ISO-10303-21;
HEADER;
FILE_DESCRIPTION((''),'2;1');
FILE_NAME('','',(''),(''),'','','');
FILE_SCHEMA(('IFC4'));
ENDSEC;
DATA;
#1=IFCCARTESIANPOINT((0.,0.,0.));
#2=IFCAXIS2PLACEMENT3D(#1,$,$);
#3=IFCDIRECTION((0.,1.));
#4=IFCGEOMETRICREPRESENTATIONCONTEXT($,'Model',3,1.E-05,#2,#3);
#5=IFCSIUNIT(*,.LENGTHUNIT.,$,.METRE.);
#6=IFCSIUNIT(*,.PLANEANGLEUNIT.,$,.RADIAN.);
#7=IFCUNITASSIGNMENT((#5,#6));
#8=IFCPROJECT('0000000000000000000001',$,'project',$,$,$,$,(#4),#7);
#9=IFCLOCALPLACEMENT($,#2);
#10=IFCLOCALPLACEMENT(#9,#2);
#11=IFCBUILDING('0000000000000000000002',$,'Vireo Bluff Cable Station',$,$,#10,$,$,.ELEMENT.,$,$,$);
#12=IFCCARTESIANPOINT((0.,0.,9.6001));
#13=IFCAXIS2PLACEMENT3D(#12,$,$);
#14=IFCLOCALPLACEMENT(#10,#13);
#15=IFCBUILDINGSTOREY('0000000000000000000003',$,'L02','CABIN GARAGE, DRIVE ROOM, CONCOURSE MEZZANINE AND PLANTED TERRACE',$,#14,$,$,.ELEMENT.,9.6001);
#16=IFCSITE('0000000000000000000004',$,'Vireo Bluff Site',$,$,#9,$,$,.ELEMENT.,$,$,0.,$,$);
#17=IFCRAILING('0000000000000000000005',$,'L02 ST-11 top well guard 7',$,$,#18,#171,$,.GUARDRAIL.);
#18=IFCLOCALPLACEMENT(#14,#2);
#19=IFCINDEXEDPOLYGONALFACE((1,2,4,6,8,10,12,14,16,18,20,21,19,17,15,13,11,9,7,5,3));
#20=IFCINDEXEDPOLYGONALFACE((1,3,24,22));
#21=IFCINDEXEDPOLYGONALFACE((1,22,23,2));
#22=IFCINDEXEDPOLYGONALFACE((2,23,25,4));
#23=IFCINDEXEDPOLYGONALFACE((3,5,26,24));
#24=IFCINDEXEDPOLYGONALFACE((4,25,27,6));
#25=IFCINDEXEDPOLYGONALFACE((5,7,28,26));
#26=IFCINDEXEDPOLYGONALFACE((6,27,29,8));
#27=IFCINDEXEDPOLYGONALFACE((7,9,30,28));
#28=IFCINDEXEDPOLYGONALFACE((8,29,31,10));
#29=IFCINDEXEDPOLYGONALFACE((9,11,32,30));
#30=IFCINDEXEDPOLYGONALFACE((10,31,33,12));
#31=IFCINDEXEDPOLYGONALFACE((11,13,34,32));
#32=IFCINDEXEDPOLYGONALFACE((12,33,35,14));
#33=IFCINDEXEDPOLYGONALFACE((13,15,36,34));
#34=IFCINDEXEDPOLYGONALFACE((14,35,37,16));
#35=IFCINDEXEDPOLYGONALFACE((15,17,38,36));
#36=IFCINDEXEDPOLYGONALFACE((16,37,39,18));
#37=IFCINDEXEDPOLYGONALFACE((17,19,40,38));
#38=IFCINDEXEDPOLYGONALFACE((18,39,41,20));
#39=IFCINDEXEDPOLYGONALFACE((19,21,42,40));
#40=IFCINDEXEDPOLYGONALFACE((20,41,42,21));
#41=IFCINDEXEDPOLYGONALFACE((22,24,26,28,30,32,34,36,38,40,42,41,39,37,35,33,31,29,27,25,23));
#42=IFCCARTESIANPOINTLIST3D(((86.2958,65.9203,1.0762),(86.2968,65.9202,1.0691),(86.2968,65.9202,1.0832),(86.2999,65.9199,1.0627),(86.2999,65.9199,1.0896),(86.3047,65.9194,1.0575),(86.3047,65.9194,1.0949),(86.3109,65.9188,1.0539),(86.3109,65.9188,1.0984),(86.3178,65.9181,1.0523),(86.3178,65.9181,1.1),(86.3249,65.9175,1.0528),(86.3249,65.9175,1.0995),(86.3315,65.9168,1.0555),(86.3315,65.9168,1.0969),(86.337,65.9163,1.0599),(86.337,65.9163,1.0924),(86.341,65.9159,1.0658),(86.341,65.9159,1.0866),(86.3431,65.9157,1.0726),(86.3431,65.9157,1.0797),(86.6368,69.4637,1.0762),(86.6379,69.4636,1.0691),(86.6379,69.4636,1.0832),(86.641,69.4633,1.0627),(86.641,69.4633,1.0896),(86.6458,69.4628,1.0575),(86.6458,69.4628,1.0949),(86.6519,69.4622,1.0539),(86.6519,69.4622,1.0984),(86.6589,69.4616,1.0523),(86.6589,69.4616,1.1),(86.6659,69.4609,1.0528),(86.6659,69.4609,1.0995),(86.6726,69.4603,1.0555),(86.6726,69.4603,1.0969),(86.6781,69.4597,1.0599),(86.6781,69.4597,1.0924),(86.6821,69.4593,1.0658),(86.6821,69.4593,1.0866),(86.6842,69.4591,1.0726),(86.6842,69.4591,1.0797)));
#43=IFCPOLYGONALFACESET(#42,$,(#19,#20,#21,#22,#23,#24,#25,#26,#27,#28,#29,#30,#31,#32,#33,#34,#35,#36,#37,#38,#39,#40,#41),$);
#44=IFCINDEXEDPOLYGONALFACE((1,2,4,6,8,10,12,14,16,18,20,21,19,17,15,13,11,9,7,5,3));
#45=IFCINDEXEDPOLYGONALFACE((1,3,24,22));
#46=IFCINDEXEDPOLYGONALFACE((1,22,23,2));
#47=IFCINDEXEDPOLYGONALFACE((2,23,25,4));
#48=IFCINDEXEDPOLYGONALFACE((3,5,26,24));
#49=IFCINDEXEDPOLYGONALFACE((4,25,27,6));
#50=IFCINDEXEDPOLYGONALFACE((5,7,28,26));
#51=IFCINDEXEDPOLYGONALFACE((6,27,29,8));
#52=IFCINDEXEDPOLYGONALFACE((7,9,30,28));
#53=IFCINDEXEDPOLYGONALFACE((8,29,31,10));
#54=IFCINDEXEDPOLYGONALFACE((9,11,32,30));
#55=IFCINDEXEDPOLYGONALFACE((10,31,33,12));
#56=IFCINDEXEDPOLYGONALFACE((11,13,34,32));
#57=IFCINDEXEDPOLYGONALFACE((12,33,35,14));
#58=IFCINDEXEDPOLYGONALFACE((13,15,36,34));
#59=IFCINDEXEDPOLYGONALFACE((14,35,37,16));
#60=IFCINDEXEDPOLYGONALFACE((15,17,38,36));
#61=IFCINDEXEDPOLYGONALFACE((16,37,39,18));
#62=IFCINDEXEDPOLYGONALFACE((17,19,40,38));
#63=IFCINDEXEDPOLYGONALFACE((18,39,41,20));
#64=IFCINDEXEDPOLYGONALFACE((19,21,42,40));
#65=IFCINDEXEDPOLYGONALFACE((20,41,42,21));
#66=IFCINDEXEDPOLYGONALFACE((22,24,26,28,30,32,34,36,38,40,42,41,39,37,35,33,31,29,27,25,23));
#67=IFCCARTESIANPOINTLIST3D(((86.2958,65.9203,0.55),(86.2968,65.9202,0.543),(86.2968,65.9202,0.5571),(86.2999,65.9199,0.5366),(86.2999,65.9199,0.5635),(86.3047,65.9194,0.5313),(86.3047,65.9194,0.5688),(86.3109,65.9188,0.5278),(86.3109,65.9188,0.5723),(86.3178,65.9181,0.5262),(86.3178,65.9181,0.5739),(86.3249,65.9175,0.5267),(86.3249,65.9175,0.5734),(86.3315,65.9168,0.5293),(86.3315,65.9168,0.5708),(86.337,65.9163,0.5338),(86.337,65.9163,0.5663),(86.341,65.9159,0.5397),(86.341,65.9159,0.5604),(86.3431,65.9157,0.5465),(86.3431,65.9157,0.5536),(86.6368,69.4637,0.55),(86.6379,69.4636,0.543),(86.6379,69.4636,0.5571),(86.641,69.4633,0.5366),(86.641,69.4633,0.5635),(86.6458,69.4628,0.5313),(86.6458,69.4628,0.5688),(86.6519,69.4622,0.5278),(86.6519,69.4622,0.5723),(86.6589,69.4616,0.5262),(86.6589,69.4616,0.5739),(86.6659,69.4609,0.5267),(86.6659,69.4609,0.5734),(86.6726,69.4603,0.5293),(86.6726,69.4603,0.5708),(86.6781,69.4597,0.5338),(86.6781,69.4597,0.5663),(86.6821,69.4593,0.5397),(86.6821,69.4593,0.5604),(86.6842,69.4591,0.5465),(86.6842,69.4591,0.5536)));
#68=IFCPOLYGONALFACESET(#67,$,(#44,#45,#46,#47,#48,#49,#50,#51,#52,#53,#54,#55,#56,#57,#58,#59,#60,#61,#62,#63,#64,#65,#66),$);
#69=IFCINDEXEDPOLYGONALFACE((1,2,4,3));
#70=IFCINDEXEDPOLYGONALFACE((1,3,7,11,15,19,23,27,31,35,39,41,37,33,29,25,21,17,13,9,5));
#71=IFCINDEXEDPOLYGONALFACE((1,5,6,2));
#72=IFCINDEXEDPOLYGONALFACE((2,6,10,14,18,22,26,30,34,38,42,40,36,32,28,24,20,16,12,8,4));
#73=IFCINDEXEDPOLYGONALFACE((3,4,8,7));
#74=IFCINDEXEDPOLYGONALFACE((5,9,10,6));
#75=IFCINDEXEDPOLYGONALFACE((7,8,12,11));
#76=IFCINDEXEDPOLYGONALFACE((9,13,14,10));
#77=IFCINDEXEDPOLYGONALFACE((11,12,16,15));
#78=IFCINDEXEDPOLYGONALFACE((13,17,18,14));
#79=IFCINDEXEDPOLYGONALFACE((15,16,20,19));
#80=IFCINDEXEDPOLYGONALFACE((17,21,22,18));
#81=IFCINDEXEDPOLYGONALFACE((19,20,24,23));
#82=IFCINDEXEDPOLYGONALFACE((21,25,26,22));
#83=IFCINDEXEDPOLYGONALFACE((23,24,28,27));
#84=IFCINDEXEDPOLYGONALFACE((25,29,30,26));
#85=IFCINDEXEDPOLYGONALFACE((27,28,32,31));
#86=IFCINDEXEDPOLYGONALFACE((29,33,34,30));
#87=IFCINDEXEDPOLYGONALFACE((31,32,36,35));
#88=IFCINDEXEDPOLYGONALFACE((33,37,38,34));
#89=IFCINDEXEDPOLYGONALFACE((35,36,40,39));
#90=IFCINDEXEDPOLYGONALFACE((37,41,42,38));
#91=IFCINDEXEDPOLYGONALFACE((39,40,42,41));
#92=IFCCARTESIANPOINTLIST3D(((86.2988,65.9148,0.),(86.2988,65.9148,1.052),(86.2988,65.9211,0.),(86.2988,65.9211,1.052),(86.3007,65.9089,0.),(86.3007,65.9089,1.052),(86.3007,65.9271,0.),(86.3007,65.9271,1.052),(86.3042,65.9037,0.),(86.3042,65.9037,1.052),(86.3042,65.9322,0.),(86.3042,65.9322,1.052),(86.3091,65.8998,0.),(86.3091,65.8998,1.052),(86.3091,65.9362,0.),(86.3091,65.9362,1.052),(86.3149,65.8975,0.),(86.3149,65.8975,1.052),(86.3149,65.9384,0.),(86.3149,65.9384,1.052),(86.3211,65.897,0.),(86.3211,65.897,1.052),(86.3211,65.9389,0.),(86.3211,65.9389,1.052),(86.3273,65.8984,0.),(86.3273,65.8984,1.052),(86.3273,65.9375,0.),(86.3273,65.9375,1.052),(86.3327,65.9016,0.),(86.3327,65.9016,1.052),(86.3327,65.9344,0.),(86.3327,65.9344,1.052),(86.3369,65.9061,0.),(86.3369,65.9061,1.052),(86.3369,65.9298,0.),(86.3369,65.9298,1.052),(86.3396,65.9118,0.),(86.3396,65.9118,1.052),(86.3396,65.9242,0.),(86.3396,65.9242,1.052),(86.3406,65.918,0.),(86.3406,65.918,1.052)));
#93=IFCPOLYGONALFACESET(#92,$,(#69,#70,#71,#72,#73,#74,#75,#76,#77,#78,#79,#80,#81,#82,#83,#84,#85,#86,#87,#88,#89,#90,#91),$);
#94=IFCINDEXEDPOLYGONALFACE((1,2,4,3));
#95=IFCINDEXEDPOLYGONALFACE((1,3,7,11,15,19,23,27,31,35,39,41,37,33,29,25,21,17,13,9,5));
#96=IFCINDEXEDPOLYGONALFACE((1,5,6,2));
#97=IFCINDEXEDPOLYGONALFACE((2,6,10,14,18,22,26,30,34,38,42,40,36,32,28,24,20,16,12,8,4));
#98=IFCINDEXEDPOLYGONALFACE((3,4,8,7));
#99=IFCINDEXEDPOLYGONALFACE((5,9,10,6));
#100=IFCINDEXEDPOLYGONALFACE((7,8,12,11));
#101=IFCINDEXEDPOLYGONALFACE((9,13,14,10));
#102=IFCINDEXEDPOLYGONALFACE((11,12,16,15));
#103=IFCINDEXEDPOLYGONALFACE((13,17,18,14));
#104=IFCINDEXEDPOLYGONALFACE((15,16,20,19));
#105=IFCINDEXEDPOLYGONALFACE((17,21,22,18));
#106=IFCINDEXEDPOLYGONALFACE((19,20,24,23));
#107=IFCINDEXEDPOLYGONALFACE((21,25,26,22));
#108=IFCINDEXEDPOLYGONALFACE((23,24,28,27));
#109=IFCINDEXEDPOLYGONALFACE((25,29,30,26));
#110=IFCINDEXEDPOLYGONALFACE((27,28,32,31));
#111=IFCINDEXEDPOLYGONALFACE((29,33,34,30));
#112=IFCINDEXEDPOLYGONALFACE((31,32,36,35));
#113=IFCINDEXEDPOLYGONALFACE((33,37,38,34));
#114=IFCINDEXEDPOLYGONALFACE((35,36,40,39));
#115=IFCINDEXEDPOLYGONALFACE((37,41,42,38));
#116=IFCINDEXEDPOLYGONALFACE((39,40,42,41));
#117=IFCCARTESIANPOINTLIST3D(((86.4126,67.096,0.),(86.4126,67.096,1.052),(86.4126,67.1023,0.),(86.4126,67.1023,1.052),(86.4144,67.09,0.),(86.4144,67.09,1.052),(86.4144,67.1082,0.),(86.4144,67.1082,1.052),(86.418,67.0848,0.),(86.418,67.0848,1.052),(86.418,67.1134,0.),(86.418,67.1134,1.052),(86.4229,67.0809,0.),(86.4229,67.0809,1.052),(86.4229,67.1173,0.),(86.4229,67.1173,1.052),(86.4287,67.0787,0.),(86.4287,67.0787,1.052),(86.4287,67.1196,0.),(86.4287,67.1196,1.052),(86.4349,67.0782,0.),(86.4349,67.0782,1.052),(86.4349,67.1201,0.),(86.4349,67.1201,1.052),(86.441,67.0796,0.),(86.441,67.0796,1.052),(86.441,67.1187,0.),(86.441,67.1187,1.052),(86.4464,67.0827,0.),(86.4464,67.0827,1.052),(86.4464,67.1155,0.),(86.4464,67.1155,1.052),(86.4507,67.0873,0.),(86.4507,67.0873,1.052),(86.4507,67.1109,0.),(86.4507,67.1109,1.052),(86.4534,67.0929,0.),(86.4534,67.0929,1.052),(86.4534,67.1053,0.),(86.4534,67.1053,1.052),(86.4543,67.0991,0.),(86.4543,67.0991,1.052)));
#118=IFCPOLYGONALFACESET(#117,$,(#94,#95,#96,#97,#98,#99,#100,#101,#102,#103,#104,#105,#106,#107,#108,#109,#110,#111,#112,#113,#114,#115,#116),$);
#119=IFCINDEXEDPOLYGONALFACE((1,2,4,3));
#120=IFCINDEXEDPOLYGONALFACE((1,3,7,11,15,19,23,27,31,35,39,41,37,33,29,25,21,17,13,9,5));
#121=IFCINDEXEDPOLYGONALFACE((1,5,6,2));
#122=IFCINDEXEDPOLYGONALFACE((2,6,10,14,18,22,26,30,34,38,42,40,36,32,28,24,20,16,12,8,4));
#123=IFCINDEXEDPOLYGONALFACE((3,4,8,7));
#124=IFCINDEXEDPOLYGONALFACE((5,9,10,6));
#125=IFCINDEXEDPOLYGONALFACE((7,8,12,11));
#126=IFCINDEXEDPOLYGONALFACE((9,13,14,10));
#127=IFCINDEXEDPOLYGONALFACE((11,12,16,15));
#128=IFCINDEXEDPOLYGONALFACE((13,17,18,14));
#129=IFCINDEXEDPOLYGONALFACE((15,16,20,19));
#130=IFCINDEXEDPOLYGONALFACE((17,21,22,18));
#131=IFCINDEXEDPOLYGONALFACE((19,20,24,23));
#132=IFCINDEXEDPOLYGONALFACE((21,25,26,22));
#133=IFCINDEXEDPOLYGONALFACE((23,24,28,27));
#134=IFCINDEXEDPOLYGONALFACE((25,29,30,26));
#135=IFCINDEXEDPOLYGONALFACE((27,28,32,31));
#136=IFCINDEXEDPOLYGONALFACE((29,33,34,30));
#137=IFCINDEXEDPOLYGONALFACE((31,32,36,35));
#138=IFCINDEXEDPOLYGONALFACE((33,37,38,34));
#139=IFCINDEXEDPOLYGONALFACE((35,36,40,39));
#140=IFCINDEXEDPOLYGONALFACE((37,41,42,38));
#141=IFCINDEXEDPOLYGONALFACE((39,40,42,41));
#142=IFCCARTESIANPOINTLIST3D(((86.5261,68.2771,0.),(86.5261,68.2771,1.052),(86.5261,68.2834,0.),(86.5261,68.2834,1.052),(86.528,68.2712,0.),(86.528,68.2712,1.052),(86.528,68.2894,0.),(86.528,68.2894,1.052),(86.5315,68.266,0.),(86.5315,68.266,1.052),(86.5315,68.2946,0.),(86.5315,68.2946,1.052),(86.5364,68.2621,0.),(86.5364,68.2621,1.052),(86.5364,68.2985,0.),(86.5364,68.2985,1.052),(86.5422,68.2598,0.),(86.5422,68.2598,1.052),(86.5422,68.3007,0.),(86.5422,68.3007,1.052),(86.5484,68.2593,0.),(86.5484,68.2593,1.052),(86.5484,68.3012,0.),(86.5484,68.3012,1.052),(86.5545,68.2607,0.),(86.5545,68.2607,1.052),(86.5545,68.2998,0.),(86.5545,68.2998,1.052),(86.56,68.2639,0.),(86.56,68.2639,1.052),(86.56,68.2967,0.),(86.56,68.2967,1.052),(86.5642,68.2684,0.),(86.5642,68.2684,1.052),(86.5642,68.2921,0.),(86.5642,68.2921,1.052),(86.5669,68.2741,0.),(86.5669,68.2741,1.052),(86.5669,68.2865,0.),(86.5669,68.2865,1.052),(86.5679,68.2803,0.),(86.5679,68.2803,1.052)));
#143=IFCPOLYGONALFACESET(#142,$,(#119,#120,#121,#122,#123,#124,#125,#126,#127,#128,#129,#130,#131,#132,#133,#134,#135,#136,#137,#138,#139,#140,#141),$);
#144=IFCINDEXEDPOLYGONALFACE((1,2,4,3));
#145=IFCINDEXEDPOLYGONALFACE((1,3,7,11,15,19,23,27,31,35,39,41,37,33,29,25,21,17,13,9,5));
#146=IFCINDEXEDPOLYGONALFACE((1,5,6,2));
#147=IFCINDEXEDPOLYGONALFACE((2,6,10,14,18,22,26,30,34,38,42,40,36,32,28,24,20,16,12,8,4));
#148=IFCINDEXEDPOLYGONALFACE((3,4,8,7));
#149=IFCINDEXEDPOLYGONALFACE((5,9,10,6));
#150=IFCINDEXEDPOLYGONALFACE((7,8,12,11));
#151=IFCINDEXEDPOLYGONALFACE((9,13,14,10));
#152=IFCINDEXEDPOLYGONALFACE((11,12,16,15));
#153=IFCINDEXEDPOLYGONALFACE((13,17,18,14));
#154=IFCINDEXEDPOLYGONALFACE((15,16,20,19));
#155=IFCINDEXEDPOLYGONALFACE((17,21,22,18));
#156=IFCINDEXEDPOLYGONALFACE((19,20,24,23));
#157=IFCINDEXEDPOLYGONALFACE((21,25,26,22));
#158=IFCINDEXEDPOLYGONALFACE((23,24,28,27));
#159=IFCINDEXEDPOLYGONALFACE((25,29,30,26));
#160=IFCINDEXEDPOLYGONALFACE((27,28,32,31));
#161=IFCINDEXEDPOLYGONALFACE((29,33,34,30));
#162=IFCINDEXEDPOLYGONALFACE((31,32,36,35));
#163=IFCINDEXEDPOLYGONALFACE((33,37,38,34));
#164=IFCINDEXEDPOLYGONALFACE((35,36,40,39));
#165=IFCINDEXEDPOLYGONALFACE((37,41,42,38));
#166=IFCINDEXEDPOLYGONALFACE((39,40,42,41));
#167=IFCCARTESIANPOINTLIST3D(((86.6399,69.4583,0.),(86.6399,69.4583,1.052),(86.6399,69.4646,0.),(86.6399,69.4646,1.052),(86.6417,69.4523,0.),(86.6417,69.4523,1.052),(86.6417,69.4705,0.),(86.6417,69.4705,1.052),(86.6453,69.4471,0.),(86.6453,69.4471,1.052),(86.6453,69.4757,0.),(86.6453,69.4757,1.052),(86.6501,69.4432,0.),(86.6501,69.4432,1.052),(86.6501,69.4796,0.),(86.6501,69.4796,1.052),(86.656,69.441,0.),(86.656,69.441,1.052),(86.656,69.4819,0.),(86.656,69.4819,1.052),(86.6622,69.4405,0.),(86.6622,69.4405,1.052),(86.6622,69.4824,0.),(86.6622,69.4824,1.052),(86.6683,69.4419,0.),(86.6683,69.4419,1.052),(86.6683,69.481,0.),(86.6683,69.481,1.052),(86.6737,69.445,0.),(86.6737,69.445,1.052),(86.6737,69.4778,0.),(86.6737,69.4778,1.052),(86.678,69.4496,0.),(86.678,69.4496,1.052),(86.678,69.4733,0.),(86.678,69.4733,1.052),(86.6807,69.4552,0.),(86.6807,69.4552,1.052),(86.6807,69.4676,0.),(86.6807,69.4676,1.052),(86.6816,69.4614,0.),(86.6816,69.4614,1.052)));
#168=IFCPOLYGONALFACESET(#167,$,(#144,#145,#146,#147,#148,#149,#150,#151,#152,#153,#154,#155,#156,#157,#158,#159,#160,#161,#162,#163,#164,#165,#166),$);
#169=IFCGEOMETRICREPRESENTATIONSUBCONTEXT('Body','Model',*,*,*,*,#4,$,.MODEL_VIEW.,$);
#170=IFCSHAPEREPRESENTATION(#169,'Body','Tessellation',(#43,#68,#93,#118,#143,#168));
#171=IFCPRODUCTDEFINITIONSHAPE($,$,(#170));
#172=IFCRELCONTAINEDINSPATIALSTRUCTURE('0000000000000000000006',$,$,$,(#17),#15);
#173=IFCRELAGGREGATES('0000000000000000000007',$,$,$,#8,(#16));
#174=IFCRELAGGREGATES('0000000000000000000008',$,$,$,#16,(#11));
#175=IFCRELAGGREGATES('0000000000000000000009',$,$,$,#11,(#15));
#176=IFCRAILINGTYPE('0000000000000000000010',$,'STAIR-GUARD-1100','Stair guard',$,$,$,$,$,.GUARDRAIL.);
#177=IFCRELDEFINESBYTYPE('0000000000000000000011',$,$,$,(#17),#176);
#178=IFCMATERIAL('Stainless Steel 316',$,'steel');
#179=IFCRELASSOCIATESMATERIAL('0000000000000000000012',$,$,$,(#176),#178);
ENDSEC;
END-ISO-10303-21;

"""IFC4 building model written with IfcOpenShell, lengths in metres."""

from ifc_helpers import new_model, si_unit, direction, frame, origin, origin_2d, place, context, subcontext, project, spatial, circle, extrude, material, type_object, element, save


model = new_model("IFC4")

# Units and contexts
model_context = context("Model", 3, precision=1e-05, world=origin(), true_north=direction((0.0, 1.0)))
body_context = subcontext(model_context, "Body", "Model", "MODEL_VIEW")
ifc_project = project(units=[si_unit("LENGTHUNIT", "METRE"), si_unit("PLANEANGLEUNIT", "RADIAN")], contexts=[model_context])

# Site, building, storey
site_placement = place(None, origin())
site = spatial("IfcSite", under=ifc_project, at=site_placement, Name="Vireo Bluff Site", CompositionType="ELEMENT", RefElevation=0.0)
building_placement = place(site_placement, origin())
building = spatial("IfcBuilding", under=site, at=building_placement, Name="Vireo Bluff Cable Station", CompositionType="ELEMENT")
storey_placement = place(building_placement, frame((0.0, 0.0, 9.6001)))
storey = spatial("IfcBuildingStorey", under=building, at=storey_placement, Name="L02", Description="CABIN GARAGE, DRIVE ROOM, CONCOURSE MEZZANINE AND PLANTED TERRACE", CompositionType="ELEMENT", Elevation=9.6001)

# Railing
ifc_material_1 = material(Name="Stainless Steel 316", Category="steel")
railing_type = type_object("IfcRailingType", Name="STAIR-GUARD-1100", Description="Stair guard", PredefinedType="GUARDRAIL", material=ifc_material_1)
railing_1_placement = place(storey_placement, frame((86.3196, 65.918, 0.0)))
element("IfcRailing", 1, at=railing_1_placement, inside=storey, type_object=railing_type, Name="L02 ST-11 top well guard 7", PredefinedType="GUARDRAIL", context=body_context, shape_type="SweptSolid", body=[
    extrude(circle(Radius=0.0239, at=origin_2d()), frame((0.0, 0.0, 1.0762), z_axis=(0.095809, 0.9954, 0.0), x_axis=(-0.9954, 0.095809, 0.0)), (0.0, 0.0, 1.0), 3.5598),
    extrude(circle(Radius=0.0239, at=origin_2d()), frame((0.0, 0.0, 0.55), z_axis=(0.095809, 0.9954, 0.0), x_axis=(-0.9954, 0.095809, 0.0)), (0.0, 0.0, 1.0), 3.5598),
    extrude(circle(Radius=0.021, at=origin_2d()), origin(), (0.0, 0.0, 1.0), 1.052),
    extrude(circle(Radius=0.021, at=origin_2d()), frame((0.1138, 1.1812, 0.0)), (0.0, 0.0, 1.0), 1.052),
    extrude(circle(Radius=0.021, at=origin_2d()), frame((0.2273, 2.3623, 0.0)), (0.0, 0.0, 1.0), 1.052),
    extrude(circle(Radius=0.021, at=origin_2d()), frame((0.3411, 3.5435, 0.0)), (0.0, 0.0, 1.0), 1.052),
])

save(model, "model.ifc")
